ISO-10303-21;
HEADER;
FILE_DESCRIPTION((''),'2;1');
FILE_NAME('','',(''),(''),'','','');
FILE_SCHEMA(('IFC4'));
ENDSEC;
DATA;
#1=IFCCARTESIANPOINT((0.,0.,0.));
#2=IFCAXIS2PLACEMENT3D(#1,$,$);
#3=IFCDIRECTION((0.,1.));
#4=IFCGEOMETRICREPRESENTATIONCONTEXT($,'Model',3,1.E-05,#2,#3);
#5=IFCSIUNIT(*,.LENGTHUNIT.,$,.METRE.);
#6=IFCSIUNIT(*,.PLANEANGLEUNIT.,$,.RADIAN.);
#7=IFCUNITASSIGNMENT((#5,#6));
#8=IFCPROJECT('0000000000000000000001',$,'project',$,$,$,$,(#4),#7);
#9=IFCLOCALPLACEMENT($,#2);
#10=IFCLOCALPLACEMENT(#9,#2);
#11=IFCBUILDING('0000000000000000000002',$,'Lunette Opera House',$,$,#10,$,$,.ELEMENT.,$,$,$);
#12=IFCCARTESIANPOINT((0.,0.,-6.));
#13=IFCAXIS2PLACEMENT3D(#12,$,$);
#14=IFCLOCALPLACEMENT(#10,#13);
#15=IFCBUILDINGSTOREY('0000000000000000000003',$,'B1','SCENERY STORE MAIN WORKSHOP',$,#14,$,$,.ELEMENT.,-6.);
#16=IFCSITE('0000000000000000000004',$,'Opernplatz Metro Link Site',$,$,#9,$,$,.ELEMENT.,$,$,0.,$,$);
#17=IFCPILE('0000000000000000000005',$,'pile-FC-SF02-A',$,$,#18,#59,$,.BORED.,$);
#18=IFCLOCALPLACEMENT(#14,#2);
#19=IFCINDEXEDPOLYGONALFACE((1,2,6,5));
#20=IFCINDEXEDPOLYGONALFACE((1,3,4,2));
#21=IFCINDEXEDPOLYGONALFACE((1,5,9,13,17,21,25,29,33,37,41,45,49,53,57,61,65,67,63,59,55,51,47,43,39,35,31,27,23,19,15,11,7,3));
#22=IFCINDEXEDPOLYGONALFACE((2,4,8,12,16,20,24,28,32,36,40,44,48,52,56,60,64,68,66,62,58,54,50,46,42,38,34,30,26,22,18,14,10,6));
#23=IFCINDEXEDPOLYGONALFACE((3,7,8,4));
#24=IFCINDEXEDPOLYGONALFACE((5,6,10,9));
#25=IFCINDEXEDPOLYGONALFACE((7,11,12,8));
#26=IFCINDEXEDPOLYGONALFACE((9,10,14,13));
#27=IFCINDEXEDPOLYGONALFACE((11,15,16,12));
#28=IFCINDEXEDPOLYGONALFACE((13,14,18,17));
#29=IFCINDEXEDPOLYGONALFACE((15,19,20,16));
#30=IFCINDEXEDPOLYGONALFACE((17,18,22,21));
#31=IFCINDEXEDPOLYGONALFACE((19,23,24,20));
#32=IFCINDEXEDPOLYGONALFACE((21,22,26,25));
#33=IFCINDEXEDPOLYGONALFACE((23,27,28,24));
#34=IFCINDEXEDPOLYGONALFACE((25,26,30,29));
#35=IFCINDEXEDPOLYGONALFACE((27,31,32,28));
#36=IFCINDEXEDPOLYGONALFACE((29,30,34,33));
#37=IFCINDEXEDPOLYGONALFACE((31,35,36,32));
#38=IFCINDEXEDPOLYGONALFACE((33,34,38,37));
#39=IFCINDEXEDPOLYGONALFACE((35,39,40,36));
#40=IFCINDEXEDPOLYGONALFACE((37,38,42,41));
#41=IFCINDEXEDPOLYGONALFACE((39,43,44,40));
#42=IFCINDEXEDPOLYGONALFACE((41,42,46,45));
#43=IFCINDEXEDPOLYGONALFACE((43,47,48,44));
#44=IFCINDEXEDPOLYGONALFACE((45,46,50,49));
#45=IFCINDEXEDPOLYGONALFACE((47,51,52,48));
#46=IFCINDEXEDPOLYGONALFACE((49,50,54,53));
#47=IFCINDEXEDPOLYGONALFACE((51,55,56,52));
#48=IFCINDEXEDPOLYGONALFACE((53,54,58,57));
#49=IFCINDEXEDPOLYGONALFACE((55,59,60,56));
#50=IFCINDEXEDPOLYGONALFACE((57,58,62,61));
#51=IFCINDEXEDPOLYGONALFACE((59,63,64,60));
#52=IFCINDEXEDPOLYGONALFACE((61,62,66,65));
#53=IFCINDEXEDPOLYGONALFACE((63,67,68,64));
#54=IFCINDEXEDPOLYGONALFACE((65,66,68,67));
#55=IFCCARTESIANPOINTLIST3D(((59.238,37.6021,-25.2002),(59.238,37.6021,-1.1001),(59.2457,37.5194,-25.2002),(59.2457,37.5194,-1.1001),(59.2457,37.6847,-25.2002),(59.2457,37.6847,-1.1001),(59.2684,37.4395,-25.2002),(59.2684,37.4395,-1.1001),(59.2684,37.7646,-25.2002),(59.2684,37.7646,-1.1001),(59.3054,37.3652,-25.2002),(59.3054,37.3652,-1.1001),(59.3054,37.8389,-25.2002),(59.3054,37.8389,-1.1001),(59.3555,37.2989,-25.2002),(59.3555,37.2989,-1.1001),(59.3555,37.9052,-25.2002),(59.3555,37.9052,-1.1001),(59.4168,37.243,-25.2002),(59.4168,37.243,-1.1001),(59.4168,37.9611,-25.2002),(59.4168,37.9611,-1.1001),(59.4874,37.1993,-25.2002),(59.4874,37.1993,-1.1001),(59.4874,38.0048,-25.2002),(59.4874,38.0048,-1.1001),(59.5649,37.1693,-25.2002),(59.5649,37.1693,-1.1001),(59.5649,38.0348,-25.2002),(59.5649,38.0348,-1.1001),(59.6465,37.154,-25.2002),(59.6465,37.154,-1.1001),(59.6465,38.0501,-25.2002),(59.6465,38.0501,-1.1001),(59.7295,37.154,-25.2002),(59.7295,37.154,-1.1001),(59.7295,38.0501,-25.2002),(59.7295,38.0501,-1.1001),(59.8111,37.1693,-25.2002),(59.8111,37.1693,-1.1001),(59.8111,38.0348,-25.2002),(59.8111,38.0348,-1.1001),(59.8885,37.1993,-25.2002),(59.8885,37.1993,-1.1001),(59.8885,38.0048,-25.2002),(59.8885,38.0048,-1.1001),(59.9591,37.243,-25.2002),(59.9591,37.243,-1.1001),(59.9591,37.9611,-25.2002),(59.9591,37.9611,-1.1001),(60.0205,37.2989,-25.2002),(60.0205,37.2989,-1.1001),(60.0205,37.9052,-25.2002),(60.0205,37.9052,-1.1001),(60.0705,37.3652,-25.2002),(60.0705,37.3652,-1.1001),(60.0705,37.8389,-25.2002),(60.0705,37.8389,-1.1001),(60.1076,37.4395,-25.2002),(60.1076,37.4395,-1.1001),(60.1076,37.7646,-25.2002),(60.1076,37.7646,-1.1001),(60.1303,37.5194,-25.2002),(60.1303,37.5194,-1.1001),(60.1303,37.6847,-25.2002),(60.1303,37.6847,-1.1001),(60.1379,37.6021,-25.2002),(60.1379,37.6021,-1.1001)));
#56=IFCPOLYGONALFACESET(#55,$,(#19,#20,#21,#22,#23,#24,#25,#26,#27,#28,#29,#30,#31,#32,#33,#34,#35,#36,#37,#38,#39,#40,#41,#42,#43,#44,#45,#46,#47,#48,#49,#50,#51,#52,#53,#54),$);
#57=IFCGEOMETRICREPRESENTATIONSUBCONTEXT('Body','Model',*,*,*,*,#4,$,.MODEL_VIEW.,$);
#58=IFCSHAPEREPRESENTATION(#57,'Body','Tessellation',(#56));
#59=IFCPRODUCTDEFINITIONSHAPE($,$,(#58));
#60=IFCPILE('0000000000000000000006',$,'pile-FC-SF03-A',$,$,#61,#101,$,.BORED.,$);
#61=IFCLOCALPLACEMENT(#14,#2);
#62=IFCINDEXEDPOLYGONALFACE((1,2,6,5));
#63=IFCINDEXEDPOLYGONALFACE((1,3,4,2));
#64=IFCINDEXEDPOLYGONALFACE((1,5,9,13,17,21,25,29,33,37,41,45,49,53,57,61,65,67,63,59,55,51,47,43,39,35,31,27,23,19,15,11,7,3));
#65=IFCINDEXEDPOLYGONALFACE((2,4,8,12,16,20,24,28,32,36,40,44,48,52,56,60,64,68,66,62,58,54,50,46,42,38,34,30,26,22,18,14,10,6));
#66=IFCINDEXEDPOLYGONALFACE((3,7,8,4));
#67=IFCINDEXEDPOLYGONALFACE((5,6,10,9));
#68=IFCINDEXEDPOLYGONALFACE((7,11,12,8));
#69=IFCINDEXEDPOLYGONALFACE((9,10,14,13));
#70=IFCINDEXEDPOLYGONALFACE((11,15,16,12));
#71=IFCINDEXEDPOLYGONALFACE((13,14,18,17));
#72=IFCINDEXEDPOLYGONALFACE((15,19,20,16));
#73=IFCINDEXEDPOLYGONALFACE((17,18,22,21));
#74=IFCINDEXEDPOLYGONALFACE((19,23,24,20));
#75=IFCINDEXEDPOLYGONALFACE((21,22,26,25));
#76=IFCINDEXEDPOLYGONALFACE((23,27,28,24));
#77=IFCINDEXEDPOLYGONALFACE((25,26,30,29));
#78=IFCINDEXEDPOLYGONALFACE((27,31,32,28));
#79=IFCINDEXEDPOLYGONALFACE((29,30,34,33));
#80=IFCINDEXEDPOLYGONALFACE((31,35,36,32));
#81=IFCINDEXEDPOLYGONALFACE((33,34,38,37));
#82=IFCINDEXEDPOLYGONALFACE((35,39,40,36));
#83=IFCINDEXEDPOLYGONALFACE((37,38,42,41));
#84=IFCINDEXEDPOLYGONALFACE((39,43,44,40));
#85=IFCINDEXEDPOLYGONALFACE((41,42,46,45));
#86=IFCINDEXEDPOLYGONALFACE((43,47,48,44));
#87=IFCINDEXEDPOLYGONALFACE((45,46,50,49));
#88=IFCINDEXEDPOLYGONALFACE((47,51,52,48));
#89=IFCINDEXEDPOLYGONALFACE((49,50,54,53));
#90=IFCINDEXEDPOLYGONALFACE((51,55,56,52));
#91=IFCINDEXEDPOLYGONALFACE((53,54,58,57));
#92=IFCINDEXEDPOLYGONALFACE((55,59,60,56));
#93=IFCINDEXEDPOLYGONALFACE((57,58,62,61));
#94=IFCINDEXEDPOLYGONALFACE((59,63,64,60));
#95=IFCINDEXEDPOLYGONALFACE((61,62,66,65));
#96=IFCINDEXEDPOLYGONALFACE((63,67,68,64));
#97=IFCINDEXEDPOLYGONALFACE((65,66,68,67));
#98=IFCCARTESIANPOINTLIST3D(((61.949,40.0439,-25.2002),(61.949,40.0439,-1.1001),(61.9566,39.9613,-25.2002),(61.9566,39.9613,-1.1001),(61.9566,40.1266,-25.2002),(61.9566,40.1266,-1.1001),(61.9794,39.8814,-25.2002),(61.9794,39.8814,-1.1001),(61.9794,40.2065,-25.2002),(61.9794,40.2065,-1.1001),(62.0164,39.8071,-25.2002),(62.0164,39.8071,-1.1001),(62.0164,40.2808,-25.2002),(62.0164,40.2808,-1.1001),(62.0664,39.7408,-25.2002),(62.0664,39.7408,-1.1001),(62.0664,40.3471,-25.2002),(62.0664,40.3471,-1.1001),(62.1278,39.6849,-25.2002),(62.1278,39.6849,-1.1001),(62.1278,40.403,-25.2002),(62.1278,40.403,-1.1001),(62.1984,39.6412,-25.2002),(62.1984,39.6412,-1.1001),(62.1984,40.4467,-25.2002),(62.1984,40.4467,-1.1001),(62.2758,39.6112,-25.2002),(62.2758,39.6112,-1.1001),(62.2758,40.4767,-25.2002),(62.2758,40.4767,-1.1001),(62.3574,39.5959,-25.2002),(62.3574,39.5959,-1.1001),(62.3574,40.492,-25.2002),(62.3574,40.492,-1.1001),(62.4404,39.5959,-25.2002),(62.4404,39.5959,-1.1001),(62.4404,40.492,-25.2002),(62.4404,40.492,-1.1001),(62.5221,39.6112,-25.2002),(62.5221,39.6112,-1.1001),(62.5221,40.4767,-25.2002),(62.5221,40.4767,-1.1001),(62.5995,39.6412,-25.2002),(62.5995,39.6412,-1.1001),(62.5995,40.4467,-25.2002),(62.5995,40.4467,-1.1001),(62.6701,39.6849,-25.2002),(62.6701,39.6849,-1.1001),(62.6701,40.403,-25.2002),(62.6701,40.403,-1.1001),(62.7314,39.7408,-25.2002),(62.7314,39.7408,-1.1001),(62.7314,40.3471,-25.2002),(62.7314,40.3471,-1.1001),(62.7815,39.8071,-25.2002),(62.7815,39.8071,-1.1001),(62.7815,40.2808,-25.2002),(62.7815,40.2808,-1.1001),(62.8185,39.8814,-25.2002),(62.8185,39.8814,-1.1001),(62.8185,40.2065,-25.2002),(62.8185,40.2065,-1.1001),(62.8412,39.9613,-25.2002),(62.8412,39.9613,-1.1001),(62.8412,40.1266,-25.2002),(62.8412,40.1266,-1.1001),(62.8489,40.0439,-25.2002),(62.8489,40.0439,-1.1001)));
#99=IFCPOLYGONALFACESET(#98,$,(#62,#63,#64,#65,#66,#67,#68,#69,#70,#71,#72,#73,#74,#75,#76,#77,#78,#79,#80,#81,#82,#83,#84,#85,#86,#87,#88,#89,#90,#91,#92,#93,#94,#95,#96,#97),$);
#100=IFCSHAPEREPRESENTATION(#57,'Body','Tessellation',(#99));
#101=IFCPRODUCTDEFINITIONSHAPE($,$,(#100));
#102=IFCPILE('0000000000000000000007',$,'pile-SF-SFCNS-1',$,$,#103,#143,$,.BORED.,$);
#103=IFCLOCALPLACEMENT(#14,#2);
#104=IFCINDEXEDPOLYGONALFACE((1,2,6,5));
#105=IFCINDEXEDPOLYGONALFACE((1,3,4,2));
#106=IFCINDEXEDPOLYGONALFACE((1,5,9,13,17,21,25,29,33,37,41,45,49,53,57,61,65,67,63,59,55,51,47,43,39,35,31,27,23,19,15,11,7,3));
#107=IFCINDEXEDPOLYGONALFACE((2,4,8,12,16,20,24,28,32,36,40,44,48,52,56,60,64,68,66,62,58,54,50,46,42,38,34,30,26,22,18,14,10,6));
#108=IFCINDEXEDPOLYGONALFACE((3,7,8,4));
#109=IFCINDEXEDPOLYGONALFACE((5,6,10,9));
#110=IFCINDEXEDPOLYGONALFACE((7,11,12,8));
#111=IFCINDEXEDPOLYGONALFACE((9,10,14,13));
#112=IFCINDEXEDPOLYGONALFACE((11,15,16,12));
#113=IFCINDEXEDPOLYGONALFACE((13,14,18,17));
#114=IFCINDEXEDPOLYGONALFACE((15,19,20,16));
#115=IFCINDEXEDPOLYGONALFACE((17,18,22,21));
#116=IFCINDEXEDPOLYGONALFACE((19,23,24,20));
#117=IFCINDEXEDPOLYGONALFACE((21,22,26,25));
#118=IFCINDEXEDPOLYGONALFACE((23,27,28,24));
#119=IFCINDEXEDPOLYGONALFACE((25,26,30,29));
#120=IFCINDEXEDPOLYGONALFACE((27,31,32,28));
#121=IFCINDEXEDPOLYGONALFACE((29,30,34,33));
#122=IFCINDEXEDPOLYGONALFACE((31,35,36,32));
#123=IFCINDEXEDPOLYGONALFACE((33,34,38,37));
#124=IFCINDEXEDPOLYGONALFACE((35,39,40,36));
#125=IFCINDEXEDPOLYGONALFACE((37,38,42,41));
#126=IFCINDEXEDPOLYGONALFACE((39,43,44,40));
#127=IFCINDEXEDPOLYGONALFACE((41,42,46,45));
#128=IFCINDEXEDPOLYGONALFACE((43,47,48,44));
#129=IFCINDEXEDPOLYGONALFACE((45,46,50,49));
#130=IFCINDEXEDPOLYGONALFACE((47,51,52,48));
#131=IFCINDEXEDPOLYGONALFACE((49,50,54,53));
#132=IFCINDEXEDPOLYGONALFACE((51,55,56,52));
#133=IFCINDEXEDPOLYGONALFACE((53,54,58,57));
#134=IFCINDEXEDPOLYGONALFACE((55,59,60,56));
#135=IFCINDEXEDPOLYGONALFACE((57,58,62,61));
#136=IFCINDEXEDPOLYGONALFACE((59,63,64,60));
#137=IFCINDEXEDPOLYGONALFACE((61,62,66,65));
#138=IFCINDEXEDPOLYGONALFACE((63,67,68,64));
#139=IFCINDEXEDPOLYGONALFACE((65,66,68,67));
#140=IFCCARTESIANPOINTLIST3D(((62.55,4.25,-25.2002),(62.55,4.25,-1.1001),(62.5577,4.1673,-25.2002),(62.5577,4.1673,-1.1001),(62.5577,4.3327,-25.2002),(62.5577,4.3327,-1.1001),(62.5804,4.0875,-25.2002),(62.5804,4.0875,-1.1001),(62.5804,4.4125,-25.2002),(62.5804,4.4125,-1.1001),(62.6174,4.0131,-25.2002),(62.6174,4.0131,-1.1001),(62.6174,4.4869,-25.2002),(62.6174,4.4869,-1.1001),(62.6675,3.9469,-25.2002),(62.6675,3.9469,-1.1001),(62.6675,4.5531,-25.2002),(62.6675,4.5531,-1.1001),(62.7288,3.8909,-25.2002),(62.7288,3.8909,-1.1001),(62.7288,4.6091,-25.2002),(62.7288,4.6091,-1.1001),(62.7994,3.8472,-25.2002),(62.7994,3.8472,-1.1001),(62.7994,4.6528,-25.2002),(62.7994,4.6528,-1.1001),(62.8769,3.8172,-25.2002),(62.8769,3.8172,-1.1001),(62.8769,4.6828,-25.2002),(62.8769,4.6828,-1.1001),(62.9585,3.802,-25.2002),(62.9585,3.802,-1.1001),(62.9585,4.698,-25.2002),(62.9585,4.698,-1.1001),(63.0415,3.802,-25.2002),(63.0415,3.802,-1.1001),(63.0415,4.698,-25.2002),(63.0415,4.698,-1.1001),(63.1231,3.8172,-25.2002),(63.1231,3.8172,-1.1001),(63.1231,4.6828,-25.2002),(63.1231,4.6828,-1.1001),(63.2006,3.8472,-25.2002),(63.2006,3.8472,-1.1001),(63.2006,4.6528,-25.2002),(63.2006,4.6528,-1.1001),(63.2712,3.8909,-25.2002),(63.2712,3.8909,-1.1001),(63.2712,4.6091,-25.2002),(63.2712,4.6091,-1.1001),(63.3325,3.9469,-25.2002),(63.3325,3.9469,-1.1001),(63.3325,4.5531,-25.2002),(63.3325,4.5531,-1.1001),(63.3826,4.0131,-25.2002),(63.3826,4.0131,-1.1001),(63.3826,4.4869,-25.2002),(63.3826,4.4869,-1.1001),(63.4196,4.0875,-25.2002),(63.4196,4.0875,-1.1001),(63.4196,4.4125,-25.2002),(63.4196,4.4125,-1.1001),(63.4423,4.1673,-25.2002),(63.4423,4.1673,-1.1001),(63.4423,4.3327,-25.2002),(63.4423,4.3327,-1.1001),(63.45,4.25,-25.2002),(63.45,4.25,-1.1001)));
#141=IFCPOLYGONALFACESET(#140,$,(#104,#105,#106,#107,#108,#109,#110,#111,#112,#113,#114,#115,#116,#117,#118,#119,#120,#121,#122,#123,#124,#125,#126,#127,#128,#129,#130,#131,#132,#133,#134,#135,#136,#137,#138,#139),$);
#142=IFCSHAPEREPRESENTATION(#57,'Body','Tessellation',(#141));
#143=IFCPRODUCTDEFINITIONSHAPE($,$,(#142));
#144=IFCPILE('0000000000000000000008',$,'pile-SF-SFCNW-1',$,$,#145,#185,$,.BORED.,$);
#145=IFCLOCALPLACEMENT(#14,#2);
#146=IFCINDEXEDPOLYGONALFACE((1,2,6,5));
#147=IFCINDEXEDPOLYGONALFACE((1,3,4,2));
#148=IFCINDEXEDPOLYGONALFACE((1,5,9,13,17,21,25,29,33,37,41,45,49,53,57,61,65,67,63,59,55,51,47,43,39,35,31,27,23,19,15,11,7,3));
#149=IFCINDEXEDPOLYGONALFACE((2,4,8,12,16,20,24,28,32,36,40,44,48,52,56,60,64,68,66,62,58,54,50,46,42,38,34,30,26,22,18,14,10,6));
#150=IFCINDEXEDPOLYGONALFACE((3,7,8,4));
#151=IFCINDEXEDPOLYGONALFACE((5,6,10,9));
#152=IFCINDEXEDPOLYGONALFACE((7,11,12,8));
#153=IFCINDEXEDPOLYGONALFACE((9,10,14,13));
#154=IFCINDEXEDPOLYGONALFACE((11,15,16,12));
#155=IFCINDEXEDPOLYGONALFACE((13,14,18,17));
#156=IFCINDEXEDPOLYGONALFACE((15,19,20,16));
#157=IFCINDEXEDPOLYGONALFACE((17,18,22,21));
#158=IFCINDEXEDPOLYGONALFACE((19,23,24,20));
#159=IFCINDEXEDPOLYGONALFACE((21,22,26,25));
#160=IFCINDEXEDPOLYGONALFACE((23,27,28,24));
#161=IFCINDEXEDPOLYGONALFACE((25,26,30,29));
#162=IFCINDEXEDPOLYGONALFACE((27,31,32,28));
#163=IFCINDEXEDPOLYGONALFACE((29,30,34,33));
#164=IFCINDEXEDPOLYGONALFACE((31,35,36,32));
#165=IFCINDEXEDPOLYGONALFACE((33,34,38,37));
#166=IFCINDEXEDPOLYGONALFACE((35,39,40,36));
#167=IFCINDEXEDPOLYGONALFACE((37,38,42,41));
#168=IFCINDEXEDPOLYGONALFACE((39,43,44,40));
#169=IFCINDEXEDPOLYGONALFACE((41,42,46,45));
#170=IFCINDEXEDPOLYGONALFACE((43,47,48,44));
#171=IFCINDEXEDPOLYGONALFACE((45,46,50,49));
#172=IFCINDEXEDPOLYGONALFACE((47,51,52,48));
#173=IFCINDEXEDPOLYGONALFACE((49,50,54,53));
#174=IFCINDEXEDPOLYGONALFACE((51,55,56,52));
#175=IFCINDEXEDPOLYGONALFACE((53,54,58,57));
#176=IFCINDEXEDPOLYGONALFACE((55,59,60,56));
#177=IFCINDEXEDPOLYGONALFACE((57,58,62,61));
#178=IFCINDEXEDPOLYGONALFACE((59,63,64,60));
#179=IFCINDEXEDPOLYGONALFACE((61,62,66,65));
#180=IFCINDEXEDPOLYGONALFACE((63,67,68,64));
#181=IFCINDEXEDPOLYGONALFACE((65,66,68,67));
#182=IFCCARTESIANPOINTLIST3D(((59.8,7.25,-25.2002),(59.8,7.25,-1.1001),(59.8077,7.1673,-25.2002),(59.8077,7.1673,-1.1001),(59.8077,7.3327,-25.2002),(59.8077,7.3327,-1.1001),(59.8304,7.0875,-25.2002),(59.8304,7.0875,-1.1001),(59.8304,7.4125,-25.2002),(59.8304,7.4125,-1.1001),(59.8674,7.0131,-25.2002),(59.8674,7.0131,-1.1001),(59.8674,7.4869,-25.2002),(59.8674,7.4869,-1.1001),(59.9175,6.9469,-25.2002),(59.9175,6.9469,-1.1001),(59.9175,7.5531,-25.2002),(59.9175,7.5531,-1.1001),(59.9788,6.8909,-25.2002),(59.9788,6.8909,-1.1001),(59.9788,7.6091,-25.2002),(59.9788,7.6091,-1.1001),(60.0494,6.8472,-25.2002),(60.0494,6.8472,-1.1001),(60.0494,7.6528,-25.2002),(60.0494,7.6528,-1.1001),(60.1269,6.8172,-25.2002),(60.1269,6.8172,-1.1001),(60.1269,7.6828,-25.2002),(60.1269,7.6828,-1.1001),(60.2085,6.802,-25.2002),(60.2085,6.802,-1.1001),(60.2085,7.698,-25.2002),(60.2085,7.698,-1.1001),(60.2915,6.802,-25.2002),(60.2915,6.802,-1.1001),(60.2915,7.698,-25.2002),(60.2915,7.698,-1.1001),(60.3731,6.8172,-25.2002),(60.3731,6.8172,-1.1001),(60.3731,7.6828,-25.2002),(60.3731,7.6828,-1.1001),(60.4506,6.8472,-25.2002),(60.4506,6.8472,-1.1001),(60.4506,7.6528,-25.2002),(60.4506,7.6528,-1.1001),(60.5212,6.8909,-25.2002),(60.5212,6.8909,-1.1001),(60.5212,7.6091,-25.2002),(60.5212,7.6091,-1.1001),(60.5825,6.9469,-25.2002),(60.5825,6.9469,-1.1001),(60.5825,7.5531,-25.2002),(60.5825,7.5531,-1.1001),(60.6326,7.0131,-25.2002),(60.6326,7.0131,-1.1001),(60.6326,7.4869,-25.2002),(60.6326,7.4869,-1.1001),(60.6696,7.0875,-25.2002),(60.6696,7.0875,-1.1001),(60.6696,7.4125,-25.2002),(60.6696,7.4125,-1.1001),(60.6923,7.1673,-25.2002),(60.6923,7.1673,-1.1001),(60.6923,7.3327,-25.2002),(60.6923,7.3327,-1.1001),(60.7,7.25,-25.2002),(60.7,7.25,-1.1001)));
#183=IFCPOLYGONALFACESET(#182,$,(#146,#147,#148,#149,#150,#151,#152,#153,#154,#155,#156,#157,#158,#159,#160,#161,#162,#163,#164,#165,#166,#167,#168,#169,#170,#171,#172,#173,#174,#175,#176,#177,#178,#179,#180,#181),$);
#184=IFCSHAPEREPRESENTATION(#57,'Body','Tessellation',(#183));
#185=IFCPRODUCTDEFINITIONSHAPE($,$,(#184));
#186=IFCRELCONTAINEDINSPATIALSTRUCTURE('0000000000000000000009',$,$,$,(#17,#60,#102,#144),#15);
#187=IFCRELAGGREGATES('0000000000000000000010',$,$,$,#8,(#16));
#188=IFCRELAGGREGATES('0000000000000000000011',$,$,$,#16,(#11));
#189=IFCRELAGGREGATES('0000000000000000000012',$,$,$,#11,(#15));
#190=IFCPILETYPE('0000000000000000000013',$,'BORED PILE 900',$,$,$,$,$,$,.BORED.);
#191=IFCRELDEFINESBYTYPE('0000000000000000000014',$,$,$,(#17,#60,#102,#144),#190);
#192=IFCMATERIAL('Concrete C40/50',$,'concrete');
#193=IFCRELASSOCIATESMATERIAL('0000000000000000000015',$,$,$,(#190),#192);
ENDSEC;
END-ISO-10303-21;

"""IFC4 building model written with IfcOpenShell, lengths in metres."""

from ifc_helpers import new_model, si_unit, direction, frame, origin, origin_2d, place, context, subcontext, project, spatial, circle, extrude, material, material_profile, profile_set, type_object, element, save


model = new_model("IFC4")

# Units and contexts
model_context = context("Model", 3, precision=1e-05, world=origin(), true_north=direction((0.0, 1.0)))
body_context = subcontext(model_context, "Body", "Model", "MODEL_VIEW")
ifc_project = project(units=[si_unit("LENGTHUNIT", "METRE"), si_unit("PLANEANGLEUNIT", "RADIAN")], contexts=[model_context])

# Site, building, storey
site_placement = place(None, origin())
site = spatial("IfcSite", under=ifc_project, at=site_placement, Name="Opernplatz Metro Link Site", CompositionType="ELEMENT", RefElevation=0.0)
building_placement = place(site_placement, origin())
building = spatial("IfcBuilding", under=site, at=building_placement, Name="Lunette Opera House", CompositionType="ELEMENT")
storey_placement = place(building_placement, frame((0.0, 0.0, -6.0)))
storey = spatial("IfcBuildingStorey", under=building, at=storey_placement, Name="B1", Description="SCENERY STORE MAIN WORKSHOP", CompositionType="ELEMENT", Elevation=-6.0)

# Piles
ifc_material_1 = material(Name="Concrete C40/50", Category="concrete")
ifc_material_profile_1 = material_profile(ifc_material_1, circle(Radius=0.45, at=origin_2d()), Name="BORED PILE 900")
ifc_profile_set_1 = profile_set([ifc_material_profile_1], Name="Concrete C40/50")
pile_type = type_object("IfcPileType", Name="BORED PILE 900", PredefinedType="BORED", material=ifc_profile_set_1)
for number, where, z_axis, x_axis, name in (
    (1, (59.688, 37.6021, -1.1001), (0.0, 0.0, -1.0), (1.0, 0.0, 0.0), "pile-FC-SF02-A"),
    (2, (62.3989, 40.0439, -1.1001), (0.0, 0.0, -1.0), (1.0, 0.0, 0.0), "pile-FC-SF03-A"),
    (3, (63.0, 4.25, -1.1001), (0.0, 0.0, -1.0), (1.0, 0.0, 0.0), "pile-SF-SFCNS-1"),
    (4, (60.25, 7.25, -1.1001), (0.0, 0.0, -1.0), (1.0, 0.0, 0.0), "pile-SF-SFCNW-1"),
):
    element("IfcPile", number, at=place(storey_placement, frame(where, z_axis=z_axis, x_axis=x_axis)), inside=storey, type_object=pile_type, Name=name, PredefinedType="BORED", context=body_context, shape_type="SweptSolid", body=[
        extrude(circle(Radius=0.45, at=origin_2d()), origin(), (0.0, 0.0, 1.0), 24.1001),
    ])

save(model, "model.ifc")
